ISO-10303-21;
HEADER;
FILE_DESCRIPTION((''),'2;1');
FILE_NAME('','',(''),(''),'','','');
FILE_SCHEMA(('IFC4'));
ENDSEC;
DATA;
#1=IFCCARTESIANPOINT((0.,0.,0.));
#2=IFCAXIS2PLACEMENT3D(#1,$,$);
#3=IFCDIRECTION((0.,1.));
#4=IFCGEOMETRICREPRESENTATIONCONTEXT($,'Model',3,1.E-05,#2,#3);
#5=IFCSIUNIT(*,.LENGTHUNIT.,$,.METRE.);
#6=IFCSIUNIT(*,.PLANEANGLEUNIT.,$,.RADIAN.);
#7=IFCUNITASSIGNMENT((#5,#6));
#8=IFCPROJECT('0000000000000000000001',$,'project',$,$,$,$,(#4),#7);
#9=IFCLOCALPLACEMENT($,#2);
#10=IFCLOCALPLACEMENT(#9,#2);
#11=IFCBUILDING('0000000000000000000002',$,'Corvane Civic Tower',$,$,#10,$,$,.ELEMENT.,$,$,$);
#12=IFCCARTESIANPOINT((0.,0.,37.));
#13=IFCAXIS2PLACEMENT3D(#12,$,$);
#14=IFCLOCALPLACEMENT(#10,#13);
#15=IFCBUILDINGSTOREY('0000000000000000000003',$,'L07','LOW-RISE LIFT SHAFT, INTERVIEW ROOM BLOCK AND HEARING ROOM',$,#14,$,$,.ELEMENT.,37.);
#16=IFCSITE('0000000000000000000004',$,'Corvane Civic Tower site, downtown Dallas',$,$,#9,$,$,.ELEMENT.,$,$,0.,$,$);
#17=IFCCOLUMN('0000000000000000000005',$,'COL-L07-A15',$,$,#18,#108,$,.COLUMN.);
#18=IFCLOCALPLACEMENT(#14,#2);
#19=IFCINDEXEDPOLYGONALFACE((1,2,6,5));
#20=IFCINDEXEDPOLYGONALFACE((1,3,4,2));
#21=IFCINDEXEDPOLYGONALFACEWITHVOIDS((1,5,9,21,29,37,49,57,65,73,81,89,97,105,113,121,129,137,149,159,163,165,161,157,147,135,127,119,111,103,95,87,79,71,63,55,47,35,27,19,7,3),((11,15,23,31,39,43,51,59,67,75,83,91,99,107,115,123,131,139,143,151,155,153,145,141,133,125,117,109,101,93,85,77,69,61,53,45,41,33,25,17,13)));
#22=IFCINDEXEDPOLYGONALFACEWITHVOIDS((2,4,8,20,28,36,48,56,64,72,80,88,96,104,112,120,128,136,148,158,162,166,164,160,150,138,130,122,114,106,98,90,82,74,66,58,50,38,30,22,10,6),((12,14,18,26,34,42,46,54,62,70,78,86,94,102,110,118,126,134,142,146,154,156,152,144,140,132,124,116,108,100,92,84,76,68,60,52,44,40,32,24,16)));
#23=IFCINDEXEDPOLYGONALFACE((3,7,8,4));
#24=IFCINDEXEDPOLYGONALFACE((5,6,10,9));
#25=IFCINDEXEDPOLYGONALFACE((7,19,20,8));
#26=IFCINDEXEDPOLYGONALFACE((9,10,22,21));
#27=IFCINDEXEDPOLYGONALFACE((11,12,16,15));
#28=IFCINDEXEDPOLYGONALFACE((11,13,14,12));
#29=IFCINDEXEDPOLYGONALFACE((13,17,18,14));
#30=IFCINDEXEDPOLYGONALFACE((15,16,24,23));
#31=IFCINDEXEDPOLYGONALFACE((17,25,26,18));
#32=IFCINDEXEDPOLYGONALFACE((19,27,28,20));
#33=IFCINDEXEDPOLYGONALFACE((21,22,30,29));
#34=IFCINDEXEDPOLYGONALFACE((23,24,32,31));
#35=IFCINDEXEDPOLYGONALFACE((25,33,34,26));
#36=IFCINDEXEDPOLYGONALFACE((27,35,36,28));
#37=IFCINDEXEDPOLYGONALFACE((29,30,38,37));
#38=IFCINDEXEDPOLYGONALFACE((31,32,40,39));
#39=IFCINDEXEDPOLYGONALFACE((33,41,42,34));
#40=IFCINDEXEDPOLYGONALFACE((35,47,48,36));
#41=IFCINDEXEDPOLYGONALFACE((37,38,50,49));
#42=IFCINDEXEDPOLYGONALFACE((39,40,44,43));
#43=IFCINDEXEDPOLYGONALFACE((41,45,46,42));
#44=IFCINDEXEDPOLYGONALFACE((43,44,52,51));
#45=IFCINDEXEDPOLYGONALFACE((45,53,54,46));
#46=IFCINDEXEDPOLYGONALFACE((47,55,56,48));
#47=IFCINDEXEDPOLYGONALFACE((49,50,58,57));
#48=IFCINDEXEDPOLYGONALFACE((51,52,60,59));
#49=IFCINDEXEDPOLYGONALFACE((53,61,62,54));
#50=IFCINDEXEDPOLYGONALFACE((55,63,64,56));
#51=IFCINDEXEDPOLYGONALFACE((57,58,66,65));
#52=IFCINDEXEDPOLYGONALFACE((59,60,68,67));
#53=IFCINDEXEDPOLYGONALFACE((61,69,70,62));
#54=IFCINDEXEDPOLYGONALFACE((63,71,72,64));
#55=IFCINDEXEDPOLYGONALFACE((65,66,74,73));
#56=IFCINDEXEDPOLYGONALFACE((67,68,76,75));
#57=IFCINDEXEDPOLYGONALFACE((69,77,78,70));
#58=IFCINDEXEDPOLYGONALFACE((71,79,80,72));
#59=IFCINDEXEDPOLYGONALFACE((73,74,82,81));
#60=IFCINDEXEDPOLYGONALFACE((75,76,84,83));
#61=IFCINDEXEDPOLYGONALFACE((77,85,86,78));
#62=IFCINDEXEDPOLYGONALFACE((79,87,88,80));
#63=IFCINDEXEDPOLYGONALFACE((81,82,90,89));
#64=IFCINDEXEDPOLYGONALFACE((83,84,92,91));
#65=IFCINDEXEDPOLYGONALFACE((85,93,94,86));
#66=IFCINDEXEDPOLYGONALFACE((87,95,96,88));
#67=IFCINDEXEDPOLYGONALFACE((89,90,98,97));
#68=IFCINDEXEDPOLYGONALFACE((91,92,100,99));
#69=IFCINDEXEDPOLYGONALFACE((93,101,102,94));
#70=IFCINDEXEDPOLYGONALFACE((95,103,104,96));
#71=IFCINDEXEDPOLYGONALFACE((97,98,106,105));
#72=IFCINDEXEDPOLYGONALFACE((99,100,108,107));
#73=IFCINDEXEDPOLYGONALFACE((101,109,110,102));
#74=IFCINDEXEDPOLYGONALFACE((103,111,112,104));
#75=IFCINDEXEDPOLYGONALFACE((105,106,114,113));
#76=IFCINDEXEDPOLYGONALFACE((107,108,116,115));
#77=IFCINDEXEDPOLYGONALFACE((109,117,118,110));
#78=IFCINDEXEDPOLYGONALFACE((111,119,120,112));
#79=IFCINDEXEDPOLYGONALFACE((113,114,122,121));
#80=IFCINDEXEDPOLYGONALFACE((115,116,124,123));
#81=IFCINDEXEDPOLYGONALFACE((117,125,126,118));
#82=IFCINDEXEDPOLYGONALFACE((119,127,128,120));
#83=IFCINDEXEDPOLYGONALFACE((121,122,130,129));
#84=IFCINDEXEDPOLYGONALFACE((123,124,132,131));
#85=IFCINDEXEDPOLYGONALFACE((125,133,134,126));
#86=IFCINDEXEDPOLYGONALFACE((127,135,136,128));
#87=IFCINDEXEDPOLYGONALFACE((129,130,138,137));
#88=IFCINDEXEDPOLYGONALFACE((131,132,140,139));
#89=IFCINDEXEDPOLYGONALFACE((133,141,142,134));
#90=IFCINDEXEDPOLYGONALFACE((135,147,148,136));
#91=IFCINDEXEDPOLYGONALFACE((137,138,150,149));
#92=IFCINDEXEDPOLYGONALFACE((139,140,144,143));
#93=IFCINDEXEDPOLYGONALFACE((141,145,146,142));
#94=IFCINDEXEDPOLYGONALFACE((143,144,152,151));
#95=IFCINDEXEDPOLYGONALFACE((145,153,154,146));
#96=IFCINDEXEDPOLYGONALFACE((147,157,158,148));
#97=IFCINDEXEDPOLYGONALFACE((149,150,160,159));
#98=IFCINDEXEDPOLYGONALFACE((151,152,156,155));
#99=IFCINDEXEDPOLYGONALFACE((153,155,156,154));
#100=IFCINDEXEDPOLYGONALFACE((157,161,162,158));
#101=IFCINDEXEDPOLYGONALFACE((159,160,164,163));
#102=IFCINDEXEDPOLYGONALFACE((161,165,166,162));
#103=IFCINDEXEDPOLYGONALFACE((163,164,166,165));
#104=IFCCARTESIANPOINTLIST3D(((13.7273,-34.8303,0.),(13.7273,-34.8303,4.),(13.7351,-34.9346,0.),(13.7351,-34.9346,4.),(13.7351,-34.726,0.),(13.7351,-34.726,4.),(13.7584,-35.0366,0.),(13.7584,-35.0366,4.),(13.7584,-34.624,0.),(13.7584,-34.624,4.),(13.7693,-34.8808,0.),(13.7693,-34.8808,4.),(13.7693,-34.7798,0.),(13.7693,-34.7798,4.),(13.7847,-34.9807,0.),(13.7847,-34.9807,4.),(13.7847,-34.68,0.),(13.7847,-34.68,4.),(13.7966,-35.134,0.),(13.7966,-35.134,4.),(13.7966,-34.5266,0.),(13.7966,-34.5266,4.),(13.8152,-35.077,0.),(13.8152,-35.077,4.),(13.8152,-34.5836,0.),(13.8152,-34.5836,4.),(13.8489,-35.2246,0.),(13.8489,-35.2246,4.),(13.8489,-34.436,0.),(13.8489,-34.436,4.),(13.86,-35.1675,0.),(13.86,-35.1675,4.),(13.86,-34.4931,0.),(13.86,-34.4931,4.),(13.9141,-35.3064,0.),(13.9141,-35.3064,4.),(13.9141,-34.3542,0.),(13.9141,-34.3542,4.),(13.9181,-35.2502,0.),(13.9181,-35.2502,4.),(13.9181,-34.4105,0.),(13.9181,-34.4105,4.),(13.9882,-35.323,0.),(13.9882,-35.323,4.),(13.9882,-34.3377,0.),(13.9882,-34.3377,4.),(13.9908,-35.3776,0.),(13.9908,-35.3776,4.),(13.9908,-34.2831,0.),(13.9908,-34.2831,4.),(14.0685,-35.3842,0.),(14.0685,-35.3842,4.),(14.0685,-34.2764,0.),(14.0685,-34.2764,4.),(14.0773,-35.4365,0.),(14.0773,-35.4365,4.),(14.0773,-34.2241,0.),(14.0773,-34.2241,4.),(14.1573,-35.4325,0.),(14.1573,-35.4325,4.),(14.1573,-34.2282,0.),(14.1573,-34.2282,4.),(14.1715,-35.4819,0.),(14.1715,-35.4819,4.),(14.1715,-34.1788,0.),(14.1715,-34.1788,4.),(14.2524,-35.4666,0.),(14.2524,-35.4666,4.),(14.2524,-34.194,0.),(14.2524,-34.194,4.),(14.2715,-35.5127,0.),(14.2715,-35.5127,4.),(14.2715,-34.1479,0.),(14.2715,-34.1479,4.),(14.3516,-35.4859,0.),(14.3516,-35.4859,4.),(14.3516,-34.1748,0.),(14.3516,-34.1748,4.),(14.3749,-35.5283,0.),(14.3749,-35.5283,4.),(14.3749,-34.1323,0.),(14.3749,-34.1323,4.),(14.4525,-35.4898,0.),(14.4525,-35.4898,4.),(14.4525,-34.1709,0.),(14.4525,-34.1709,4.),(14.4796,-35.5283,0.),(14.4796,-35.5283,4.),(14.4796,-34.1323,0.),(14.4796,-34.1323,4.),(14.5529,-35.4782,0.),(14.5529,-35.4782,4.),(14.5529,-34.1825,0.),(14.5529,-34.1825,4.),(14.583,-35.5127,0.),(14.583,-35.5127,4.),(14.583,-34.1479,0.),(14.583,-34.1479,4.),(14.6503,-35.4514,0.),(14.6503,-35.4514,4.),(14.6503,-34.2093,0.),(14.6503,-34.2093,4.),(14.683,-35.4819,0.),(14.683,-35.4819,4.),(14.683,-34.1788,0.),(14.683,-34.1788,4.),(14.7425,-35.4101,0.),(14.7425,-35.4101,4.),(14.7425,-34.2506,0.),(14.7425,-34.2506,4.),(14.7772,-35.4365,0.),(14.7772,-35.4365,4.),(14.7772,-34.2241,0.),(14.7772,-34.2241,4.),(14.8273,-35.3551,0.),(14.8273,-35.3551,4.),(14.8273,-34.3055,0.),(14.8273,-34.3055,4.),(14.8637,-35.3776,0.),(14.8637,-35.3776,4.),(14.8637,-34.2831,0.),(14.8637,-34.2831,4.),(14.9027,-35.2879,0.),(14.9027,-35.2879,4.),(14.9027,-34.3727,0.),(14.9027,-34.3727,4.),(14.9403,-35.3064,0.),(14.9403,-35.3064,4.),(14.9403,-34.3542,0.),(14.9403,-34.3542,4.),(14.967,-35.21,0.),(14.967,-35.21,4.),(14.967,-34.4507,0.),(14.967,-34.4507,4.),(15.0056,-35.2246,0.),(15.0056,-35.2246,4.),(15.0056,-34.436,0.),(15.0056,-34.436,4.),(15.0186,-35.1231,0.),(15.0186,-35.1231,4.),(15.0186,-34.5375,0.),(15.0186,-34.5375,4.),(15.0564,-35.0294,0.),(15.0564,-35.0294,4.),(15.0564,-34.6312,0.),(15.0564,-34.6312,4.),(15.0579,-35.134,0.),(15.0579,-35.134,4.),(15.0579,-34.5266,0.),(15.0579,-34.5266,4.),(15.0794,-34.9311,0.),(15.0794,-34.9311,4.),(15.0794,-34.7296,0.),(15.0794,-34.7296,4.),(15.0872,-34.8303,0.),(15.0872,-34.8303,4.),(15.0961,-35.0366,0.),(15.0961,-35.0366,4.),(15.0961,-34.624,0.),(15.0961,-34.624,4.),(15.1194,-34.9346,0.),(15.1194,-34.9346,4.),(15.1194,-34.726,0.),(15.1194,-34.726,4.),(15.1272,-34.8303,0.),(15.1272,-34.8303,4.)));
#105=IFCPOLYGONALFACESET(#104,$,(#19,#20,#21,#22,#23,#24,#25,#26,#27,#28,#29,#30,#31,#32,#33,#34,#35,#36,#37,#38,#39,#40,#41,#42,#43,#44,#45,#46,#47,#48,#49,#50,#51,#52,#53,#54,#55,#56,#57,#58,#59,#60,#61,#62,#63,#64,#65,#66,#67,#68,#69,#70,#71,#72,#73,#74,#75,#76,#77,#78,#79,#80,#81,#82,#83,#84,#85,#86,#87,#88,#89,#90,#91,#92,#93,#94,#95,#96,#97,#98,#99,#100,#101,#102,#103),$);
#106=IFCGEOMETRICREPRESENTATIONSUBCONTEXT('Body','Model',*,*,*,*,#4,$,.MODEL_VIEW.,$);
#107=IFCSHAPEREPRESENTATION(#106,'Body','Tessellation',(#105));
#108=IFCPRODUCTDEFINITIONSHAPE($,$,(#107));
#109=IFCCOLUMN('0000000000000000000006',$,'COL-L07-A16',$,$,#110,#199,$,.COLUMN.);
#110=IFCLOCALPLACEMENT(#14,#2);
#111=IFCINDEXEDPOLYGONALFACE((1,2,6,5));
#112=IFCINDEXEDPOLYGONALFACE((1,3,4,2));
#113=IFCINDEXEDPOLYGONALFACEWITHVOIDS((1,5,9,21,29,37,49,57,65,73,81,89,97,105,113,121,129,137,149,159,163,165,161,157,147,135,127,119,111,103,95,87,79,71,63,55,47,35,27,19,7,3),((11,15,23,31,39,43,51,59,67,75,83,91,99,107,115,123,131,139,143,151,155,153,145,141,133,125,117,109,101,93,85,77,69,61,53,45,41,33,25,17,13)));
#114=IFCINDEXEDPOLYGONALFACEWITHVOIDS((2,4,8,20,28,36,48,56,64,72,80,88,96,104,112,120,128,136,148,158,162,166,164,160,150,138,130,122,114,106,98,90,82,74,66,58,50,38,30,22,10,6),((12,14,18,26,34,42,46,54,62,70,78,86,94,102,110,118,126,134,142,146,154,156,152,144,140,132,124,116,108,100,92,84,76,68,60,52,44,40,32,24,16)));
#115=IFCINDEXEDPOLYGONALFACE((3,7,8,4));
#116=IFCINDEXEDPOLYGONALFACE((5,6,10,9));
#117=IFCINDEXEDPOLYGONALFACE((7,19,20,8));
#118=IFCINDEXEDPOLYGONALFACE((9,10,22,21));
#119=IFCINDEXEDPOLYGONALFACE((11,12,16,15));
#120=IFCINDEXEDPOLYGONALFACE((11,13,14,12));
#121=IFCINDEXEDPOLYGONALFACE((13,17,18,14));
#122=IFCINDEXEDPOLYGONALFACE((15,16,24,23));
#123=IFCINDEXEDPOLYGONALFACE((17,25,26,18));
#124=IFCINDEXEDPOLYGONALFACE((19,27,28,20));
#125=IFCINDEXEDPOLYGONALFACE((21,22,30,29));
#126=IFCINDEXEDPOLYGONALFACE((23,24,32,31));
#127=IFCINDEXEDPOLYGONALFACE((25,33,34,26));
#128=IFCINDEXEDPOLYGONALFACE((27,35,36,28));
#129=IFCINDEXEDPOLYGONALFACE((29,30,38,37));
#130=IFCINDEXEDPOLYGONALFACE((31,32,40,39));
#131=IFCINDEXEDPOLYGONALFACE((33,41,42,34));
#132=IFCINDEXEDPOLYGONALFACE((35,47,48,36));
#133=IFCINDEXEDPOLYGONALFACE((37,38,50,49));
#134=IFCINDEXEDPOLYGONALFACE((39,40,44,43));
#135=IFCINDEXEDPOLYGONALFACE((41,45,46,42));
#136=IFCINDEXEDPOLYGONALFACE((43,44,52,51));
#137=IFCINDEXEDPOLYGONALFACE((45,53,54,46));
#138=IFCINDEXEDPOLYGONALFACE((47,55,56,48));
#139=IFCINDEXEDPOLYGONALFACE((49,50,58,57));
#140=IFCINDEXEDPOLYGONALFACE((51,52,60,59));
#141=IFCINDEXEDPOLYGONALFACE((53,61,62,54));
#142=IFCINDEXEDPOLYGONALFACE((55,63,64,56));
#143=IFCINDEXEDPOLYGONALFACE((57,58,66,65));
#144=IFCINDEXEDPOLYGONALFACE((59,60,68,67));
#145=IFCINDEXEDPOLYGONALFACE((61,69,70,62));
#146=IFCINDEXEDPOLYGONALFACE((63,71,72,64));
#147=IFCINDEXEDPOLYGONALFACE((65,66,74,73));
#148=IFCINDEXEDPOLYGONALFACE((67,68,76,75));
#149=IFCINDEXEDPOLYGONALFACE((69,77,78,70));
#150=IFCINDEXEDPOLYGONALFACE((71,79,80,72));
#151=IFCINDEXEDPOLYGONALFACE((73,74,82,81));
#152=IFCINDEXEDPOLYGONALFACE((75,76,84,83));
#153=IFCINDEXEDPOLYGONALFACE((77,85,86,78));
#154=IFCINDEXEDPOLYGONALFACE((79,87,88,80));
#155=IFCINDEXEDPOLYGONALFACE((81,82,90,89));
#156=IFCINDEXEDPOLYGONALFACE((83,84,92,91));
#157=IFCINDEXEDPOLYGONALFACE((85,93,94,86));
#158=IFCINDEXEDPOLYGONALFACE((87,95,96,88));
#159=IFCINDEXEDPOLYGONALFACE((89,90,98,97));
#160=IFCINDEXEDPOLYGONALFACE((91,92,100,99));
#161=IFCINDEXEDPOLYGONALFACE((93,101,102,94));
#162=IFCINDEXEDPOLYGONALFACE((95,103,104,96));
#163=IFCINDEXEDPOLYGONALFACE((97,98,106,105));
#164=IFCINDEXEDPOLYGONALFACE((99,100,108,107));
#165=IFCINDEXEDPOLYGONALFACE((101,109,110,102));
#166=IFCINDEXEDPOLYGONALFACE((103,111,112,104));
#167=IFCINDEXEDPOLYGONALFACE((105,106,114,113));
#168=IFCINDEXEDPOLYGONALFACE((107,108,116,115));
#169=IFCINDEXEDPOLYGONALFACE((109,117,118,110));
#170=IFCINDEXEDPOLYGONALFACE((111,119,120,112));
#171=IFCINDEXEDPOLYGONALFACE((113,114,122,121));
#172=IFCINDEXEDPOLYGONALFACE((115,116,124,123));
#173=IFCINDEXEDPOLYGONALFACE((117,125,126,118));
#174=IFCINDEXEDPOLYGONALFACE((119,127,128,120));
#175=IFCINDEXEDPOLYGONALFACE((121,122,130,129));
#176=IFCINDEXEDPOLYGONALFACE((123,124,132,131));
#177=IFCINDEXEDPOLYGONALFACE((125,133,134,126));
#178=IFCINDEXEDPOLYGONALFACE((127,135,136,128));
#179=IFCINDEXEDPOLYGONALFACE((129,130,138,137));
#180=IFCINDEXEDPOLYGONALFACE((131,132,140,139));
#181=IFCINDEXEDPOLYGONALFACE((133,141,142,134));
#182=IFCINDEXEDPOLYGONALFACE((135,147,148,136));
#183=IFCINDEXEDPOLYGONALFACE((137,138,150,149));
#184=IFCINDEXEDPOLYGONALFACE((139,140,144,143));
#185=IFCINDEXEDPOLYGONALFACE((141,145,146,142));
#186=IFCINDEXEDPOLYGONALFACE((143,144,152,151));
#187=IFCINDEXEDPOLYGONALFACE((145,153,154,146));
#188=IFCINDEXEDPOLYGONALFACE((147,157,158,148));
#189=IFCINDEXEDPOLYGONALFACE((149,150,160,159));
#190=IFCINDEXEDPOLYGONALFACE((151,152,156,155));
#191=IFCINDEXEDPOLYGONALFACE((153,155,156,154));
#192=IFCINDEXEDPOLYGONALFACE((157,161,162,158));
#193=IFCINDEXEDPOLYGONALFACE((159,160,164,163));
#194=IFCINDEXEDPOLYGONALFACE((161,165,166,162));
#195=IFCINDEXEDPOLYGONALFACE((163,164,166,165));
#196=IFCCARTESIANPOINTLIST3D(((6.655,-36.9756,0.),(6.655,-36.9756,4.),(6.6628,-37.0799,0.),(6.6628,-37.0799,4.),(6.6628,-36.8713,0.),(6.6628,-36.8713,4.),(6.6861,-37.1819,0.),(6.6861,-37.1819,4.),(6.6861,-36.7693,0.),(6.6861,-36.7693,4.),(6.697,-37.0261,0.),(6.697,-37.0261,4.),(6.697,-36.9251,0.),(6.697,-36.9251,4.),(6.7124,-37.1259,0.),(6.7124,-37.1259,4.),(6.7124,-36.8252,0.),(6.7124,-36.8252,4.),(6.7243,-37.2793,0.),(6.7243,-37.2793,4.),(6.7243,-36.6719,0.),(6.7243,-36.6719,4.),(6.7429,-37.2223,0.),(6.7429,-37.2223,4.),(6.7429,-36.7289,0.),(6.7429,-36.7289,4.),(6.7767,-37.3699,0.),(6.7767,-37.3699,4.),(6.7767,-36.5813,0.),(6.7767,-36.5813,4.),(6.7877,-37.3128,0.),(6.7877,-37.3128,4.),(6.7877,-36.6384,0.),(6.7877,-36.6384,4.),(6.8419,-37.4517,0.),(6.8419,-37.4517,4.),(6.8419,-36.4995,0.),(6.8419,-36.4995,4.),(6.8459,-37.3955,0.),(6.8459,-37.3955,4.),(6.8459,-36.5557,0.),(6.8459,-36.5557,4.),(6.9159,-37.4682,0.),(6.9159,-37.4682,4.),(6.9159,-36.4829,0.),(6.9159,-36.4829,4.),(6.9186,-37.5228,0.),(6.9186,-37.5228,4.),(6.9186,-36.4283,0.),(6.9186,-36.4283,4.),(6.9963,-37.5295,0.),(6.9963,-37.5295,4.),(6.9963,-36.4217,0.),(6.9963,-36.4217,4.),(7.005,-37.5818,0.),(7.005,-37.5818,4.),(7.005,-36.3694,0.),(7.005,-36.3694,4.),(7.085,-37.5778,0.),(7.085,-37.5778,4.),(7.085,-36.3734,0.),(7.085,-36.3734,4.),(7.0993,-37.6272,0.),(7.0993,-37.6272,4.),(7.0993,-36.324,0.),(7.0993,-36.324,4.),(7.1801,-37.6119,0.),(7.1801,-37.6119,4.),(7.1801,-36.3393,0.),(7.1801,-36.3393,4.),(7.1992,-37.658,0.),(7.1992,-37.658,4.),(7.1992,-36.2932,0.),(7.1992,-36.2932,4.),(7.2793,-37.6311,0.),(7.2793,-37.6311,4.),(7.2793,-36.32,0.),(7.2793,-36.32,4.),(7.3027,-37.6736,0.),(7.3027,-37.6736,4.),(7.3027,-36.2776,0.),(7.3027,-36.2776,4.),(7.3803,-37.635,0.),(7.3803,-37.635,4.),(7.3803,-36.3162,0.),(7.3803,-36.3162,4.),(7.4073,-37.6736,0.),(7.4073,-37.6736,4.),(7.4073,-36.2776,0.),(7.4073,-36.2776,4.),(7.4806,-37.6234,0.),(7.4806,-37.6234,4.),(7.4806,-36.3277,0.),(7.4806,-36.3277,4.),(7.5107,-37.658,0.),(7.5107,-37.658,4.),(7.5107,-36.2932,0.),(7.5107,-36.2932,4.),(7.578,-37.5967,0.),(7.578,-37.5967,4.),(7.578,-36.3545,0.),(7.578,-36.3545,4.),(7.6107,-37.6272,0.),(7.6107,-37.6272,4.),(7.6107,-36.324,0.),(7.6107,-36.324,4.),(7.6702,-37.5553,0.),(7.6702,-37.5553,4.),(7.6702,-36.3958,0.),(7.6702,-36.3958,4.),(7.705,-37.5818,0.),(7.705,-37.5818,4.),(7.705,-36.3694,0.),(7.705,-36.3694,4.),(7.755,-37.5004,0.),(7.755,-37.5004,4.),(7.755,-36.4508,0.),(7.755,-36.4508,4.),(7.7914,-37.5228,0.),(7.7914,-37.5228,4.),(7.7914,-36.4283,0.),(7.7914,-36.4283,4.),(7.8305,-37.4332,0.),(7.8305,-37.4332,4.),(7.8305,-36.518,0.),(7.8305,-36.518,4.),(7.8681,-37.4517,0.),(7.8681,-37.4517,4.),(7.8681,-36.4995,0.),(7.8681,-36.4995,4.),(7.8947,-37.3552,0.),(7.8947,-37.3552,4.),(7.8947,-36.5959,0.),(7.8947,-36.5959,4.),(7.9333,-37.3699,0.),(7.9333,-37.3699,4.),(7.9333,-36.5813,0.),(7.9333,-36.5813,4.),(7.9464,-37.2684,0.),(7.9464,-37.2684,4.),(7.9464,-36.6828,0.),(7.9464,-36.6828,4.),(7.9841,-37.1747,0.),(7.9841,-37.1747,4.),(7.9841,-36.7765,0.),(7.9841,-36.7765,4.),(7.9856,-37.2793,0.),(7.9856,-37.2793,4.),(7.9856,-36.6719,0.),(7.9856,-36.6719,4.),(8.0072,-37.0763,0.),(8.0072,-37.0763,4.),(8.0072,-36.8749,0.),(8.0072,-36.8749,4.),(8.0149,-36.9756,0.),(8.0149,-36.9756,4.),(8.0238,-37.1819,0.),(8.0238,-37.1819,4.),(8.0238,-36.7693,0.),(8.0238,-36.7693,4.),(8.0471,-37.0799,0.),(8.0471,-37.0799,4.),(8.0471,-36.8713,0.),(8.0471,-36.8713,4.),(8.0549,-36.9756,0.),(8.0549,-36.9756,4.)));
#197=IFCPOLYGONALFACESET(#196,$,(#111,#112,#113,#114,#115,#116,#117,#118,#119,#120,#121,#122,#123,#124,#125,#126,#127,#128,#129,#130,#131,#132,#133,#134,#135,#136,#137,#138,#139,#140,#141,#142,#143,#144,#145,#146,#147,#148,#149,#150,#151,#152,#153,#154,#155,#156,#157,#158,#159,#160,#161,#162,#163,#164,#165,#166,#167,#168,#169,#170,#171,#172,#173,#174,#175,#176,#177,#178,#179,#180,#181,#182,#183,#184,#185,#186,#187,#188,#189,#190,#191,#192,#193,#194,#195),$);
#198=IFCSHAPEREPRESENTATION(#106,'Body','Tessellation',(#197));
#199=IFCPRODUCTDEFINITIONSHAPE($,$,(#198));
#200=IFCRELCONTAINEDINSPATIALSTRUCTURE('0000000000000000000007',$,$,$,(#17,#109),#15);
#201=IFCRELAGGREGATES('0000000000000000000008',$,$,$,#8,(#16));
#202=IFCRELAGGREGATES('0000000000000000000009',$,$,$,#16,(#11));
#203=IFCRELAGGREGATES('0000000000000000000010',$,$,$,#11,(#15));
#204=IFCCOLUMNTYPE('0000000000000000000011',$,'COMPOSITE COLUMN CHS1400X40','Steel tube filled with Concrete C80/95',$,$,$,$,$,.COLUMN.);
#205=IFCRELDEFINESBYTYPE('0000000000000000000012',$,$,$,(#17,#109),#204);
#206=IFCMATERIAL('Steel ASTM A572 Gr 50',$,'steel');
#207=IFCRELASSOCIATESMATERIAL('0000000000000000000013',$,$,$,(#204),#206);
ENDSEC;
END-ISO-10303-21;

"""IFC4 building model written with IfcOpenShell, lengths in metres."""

from ifc_helpers import new_model, si_unit, direction, frame, origin, origin_2d, place, context, subcontext, project, spatial, hollow_circle, extrude, material, material_profile, profile_set, type_object, element, save


model = new_model("IFC4")

# Units and contexts
model_context = context("Model", 3, precision=1e-05, world=origin(), true_north=direction((0.0, 1.0)))
body_context = subcontext(model_context, "Body", "Model", "MODEL_VIEW")
ifc_project = project(units=[si_unit("LENGTHUNIT", "METRE"), si_unit("PLANEANGLEUNIT", "RADIAN")], contexts=[model_context])

# Site, building, storey
site_placement = place(None, origin())
site = spatial("IfcSite", under=ifc_project, at=site_placement, Name="Corvane Civic Tower site, downtown Dallas", CompositionType="ELEMENT", RefElevation=0.0)
building_placement = place(site_placement, origin())
building = spatial("IfcBuilding", under=site, at=building_placement, Name="Corvane Civic Tower", CompositionType="ELEMENT")
storey_placement = place(building_placement, frame((0.0, 0.0, 37.0)))
storey = spatial("IfcBuildingStorey", under=building, at=storey_placement, Name="L07", Description="LOW-RISE LIFT SHAFT, INTERVIEW ROOM BLOCK AND HEARING ROOM", CompositionType="ELEMENT", Elevation=37.0)

# Columns
ifc_material_1 = material(Name="Steel ASTM A572 Gr 50", Category="steel")
ifc_material_profile_1 = material_profile(ifc_material_1, hollow_circle(Radius=0.7, WallThickness=0.04, at=origin_2d()), Name="CHS1400X40")
ifc_profile_set_1 = profile_set([ifc_material_profile_1], Name="Steel ASTM A572 Gr 50")
column_type = type_object("IfcColumnType", Name="COMPOSITE COLUMN CHS1400X40", Description="Steel tube filled with Concrete C80/95", PredefinedType="COLUMN", material=ifc_profile_set_1)
for number, where, z_axis, x_axis, name in (
    (1, (14.4272, -34.8303, 0.0), (0.0, 0.0, 1.0), (1.0, 0.0, 0.0), "COL-L07-A15"),
    (2, (7.355, -36.9756, 0.0), (0.0, 0.0, 1.0), (1.0, 0.0, 0.0), "COL-L07-A16"),
):
    element("IfcColumn", number, at=place(storey_placement, frame(where, z_axis=z_axis, x_axis=x_axis)), inside=storey, type_object=column_type, Name=name, PredefinedType="COLUMN", context=body_context, shape_type="SweptSolid", body=[
        extrude(hollow_circle(Radius=0.7, WallThickness=0.04, at=origin_2d()), origin(), (0.0, 0.0, 1.0), 4.0),
    ])

save(model, "model.ifc")
